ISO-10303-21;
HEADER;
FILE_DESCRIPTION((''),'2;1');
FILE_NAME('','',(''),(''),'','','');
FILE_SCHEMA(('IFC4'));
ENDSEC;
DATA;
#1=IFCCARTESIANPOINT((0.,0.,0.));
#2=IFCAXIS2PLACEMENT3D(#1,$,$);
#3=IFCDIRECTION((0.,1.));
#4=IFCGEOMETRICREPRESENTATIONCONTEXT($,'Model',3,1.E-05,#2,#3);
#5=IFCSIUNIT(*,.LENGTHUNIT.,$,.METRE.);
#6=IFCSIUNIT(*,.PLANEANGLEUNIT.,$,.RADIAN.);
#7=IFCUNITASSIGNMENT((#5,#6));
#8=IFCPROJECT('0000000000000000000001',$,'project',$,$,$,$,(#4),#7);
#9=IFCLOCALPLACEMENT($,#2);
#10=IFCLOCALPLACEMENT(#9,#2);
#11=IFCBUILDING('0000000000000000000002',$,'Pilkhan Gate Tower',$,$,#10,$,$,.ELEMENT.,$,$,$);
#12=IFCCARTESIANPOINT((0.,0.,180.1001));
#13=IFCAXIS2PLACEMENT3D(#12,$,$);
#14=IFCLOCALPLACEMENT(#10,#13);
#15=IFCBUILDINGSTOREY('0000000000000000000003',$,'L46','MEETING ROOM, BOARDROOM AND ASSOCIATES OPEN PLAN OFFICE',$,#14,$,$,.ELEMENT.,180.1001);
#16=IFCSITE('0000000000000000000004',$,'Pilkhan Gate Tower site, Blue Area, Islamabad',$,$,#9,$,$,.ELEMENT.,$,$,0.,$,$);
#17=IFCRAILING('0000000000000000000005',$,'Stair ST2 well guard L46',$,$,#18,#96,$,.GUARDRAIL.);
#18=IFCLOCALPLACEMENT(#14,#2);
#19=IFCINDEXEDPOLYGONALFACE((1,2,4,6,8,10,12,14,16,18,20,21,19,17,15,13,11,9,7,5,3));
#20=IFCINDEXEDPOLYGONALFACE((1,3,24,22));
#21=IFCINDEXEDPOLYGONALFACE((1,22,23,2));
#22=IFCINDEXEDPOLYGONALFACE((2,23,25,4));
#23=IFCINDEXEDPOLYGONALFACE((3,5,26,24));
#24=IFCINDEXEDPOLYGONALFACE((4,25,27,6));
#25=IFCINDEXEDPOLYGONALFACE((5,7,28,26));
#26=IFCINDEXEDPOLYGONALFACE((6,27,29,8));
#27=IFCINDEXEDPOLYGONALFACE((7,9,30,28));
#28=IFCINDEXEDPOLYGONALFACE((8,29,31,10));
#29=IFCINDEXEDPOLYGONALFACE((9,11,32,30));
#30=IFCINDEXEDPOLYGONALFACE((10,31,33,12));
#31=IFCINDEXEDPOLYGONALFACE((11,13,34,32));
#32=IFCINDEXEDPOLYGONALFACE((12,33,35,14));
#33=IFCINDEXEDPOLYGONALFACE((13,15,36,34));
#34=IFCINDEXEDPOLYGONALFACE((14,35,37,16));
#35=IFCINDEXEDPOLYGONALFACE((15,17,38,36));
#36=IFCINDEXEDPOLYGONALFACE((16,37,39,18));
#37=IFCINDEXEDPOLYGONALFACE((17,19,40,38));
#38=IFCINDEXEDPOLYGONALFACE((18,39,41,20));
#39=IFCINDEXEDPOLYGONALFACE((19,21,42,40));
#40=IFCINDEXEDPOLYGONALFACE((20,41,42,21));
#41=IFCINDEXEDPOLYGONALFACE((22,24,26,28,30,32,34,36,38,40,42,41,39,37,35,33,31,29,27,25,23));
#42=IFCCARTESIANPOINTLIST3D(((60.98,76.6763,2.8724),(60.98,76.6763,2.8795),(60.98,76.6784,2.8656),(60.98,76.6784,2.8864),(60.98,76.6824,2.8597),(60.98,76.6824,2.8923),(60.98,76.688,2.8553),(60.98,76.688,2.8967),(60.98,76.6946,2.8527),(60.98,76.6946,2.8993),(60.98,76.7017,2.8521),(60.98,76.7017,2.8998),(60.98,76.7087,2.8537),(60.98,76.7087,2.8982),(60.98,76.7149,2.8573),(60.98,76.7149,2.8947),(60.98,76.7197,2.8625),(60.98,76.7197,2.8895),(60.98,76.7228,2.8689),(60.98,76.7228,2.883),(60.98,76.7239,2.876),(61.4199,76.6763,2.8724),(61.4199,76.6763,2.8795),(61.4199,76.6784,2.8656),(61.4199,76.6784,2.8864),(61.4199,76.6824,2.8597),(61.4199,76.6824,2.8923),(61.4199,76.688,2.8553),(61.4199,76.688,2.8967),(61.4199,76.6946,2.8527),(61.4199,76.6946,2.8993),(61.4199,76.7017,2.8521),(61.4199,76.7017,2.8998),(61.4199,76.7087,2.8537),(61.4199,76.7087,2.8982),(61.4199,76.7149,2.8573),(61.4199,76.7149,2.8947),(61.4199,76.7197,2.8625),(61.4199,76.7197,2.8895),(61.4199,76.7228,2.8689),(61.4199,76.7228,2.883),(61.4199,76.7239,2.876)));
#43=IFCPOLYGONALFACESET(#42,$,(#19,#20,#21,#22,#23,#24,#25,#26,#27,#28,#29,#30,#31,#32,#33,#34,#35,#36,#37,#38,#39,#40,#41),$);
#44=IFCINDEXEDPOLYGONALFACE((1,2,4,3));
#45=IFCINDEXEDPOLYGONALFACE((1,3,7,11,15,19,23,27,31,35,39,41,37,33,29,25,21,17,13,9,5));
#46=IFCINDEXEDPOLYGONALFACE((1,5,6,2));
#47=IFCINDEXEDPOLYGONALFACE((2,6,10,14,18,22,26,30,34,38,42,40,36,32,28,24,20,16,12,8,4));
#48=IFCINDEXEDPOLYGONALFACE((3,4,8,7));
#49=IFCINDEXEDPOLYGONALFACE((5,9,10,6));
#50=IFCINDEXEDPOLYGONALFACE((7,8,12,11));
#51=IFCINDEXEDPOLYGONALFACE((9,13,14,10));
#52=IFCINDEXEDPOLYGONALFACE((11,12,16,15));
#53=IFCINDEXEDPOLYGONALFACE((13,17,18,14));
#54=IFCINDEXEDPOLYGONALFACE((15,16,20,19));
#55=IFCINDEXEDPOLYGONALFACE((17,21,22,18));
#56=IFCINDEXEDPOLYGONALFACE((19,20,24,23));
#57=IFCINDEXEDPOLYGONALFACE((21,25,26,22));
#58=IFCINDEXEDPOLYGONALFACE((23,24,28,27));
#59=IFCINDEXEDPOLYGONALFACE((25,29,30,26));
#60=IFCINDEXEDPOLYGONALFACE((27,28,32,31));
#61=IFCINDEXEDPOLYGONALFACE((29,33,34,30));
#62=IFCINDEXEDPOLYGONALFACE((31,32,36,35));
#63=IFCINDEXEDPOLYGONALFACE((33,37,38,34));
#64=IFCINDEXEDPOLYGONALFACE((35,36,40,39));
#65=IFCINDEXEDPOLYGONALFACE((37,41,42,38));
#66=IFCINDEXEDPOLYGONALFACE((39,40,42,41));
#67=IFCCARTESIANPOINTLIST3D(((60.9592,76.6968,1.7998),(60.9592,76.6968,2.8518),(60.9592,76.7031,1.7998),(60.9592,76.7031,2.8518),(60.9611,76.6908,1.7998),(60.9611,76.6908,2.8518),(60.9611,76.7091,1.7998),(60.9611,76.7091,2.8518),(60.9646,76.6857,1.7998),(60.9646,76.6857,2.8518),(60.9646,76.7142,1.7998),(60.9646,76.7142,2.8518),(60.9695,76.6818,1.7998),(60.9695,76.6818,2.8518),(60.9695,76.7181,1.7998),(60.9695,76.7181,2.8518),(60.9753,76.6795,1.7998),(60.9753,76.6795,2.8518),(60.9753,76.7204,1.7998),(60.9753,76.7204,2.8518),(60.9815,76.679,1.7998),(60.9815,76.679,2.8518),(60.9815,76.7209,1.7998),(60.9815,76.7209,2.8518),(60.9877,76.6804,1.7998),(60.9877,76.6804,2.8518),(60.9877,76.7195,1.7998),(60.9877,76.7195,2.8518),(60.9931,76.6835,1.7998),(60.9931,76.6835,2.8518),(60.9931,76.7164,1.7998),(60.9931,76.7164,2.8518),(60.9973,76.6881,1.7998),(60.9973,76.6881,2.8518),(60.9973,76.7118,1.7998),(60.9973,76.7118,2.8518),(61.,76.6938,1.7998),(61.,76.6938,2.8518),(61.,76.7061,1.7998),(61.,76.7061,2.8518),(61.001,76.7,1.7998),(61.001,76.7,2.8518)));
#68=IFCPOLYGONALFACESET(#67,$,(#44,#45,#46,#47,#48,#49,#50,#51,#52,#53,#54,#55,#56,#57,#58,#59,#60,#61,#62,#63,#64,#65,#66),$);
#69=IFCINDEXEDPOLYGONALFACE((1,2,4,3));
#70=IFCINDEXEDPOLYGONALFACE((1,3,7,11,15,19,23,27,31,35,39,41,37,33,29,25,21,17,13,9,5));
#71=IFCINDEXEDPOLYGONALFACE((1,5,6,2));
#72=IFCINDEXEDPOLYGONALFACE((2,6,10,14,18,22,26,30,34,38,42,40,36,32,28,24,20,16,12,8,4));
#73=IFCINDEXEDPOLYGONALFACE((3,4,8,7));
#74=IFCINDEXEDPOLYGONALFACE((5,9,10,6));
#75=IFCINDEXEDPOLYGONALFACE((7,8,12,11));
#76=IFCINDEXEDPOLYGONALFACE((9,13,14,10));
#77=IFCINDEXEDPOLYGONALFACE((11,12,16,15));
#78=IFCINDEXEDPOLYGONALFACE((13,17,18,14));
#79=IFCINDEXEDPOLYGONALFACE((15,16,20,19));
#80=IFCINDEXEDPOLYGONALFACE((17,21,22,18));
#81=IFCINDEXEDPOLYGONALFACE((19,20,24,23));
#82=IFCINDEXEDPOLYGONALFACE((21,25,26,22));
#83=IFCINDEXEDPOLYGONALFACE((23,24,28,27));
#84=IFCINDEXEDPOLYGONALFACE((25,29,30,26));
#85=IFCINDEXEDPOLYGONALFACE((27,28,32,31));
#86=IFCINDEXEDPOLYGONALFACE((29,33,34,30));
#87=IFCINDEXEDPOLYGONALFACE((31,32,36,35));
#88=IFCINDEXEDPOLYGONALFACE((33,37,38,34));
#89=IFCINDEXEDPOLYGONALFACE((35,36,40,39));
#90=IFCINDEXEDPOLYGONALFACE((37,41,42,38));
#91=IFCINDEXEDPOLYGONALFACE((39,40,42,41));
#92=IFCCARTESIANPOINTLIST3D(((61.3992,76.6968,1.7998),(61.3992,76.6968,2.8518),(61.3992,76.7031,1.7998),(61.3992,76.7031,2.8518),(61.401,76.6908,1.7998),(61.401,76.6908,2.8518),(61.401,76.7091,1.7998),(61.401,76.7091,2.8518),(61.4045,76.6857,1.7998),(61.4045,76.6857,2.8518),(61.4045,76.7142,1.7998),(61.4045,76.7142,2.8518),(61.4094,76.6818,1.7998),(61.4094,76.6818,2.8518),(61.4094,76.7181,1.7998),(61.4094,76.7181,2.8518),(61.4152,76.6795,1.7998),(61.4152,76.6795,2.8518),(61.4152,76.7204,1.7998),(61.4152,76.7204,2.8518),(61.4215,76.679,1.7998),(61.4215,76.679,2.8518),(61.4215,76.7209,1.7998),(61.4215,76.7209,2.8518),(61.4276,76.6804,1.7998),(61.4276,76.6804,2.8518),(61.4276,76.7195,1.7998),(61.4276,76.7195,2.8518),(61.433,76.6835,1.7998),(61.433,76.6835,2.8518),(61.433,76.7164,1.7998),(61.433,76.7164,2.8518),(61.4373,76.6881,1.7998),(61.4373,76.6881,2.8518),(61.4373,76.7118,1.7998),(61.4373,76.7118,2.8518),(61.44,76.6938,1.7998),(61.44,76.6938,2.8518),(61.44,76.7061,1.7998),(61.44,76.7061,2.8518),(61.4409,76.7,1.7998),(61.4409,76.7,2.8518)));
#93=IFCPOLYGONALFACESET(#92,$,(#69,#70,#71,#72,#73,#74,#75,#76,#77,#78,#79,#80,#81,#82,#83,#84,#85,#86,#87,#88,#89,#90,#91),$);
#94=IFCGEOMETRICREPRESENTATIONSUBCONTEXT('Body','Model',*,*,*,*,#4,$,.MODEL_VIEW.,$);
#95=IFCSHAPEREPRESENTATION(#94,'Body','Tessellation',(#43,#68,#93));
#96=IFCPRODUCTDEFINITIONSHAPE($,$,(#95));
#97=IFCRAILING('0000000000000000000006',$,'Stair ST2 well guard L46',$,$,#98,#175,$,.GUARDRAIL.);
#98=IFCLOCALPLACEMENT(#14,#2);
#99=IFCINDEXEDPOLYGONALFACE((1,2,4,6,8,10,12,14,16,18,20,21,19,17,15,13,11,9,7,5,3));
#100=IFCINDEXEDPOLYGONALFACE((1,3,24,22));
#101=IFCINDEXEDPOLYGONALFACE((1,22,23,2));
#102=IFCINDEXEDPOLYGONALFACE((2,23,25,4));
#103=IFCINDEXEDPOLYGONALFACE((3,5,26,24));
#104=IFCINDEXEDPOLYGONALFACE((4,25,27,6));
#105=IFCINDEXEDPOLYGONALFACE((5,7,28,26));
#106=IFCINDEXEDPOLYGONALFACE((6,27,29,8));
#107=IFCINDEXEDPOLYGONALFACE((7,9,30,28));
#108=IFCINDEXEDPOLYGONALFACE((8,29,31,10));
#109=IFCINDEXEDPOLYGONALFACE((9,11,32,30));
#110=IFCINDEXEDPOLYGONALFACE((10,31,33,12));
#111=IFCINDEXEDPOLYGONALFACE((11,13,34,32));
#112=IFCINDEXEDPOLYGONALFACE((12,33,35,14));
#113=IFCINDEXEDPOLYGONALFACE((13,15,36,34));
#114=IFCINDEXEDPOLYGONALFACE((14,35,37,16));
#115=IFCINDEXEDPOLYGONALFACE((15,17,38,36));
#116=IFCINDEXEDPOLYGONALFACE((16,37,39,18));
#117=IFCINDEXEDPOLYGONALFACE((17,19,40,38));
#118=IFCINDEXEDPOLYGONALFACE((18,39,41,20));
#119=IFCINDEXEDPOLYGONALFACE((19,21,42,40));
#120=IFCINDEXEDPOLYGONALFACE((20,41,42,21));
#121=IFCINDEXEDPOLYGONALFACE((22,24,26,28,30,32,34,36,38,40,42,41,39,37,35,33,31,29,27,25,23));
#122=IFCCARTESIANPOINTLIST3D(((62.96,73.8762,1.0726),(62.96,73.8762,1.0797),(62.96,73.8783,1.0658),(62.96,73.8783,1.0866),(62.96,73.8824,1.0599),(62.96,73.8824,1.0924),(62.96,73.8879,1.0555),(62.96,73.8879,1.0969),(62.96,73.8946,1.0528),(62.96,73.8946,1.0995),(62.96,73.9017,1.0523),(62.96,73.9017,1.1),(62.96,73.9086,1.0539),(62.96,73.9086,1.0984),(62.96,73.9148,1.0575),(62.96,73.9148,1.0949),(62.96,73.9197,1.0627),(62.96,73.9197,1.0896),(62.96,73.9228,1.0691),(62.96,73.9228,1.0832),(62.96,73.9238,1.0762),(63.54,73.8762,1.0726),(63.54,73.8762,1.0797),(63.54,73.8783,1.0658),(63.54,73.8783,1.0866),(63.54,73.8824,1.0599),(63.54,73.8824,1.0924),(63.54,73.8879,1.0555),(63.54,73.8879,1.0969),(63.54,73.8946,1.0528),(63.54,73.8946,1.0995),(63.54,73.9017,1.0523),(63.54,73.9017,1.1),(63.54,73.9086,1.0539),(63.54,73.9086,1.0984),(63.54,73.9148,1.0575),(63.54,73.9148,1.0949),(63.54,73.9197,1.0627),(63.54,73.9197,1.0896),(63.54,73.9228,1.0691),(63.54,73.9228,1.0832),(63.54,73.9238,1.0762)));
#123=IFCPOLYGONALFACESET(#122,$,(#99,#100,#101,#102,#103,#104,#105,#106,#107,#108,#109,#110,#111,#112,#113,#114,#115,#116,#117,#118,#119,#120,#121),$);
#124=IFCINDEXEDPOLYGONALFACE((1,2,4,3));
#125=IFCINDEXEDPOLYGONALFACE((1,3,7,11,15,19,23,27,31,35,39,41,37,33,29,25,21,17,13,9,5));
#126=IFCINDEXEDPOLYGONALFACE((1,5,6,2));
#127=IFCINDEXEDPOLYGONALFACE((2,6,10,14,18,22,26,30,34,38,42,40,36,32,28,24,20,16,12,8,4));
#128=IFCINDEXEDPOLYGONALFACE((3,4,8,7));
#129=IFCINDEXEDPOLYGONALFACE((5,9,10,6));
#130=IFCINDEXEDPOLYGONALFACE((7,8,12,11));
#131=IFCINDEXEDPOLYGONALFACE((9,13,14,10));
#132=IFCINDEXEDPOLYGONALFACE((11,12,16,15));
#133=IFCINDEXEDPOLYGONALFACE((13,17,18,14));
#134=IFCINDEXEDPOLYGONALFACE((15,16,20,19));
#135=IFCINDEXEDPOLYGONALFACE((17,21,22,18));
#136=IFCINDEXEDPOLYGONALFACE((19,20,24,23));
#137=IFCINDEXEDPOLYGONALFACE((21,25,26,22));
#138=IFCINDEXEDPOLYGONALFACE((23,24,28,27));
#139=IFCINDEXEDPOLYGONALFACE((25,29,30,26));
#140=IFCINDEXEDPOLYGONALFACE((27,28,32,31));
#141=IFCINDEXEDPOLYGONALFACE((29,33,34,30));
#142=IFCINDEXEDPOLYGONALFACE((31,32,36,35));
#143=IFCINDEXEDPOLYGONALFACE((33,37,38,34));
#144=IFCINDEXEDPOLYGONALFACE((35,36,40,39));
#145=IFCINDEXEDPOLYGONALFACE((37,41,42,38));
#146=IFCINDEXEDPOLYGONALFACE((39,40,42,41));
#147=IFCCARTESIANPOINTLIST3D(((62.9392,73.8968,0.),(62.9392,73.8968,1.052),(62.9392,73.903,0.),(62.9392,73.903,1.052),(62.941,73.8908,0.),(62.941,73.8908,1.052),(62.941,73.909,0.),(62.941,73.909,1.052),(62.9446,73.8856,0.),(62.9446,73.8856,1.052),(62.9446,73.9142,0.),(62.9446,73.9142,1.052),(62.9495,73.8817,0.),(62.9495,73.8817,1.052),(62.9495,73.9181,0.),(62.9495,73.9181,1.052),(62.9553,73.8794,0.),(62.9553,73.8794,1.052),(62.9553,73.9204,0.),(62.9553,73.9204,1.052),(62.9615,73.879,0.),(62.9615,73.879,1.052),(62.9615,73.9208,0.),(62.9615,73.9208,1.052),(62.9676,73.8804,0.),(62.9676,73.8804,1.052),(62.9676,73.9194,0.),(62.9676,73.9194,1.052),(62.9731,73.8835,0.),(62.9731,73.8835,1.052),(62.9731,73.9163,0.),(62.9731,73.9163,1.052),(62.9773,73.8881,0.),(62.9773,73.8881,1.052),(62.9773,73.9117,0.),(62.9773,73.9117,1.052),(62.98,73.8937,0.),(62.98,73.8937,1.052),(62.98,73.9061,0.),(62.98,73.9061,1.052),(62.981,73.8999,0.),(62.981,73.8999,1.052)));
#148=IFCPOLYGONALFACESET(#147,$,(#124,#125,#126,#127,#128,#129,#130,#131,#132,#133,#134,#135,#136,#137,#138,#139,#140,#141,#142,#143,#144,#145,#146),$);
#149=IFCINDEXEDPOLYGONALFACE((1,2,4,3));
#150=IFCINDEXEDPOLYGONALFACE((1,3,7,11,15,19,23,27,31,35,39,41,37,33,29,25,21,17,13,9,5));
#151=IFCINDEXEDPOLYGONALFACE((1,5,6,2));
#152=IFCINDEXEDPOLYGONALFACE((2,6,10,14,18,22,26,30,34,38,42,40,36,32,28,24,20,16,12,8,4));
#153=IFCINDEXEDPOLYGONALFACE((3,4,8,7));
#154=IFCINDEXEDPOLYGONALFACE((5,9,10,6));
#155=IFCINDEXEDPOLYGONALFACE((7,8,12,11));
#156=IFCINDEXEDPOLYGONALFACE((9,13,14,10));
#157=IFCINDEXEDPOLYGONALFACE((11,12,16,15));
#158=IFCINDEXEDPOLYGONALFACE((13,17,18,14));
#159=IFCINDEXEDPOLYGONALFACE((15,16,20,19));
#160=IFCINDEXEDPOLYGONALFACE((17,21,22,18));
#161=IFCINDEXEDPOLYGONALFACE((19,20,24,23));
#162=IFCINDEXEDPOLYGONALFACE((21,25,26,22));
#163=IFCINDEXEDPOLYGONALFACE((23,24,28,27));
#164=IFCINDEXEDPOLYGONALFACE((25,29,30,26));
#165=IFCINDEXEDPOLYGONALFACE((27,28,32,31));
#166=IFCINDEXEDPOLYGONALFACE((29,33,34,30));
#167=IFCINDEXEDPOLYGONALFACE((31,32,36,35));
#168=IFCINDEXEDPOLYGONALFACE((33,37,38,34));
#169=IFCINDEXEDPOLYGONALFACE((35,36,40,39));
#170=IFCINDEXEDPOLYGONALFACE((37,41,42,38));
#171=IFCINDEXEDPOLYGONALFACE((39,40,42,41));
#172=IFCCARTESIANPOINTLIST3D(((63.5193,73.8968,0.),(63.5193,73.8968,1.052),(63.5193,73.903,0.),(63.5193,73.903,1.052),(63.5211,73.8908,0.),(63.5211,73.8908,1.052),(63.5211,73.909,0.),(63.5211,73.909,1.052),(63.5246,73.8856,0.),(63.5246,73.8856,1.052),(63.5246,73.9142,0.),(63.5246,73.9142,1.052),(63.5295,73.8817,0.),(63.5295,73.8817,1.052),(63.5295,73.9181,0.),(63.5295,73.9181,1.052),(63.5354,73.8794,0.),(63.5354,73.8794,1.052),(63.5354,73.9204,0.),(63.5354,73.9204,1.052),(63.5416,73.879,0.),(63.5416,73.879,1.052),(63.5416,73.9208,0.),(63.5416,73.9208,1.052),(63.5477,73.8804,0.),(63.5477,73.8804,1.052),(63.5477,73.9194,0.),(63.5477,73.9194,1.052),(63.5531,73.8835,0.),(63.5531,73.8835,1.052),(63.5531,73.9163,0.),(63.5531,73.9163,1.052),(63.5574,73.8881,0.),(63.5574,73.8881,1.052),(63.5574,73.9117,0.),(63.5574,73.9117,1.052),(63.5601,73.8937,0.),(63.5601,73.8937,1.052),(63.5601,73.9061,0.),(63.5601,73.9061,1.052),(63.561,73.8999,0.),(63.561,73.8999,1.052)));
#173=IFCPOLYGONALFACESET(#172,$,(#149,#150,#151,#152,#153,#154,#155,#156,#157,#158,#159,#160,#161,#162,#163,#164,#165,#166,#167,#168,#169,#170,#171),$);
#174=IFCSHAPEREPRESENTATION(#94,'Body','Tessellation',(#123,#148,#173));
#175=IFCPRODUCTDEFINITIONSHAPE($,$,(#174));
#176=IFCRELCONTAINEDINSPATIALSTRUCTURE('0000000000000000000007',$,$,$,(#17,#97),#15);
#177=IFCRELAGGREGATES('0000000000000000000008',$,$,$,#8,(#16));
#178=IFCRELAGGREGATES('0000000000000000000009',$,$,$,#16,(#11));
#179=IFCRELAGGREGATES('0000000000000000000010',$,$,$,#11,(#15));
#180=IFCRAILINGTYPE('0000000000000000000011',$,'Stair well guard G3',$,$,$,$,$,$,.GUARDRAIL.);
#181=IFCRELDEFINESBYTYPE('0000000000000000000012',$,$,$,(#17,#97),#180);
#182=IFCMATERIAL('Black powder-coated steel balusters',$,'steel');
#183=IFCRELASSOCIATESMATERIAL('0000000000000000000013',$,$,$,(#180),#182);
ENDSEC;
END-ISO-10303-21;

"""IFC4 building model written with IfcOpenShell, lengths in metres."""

from ifc_helpers import new_model, si_unit, direction, frame, origin, origin_2d, place, context, subcontext, project, spatial, circle, extrude, material, type_object, element, save


model = new_model("IFC4")

# Units and contexts
model_context = context("Model", 3, precision=1e-05, world=origin(), true_north=direction((0.0, 1.0)))
body_context = subcontext(model_context, "Body", "Model", "MODEL_VIEW")
ifc_project = project(units=[si_unit("LENGTHUNIT", "METRE"), si_unit("PLANEANGLEUNIT", "RADIAN")], contexts=[model_context])

# Site, building, storey
site_placement = place(None, origin())
site = spatial("IfcSite", under=ifc_project, at=site_placement, Name="Pilkhan Gate Tower site, Blue Area, Islamabad", CompositionType="ELEMENT", RefElevation=0.0)
building_placement = place(site_placement, origin())
building = spatial("IfcBuilding", under=site, at=building_placement, Name="Pilkhan Gate Tower", CompositionType="ELEMENT")
storey_placement = place(building_placement, frame((0.0, 0.0, 180.1001)))
storey = spatial("IfcBuildingStorey", under=building, at=storey_placement, Name="L46", Description="MEETING ROOM, BOARDROOM AND ASSOCIATES OPEN PLAN OFFICE", CompositionType="ELEMENT", Elevation=180.1001)

# Railings
ifc_material_1 = material(Name="Black powder-coated steel balusters", Category="steel")
railing_type_1 = type_object("IfcRailingType", Name="Stair well guard G3", PredefinedType="GUARDRAIL", material=ifc_material_1)
railing_1_placement = place(storey_placement, frame((60.98, 76.7, 1.7998)))
element("IfcRailing", 1, at=railing_1_placement, inside=storey, type_object=railing_type_1, Name="Stair ST2 well guard L46", PredefinedType="GUARDRAIL", context=body_context, shape_type="SweptSolid", body=[
    extrude(circle(Radius=0.0239, at=origin_2d()), frame((0.0, 0.0, 1.0762), z_axis=(1.0, 0.0, 0.0), x_axis=(0.0, 1.0, 0.0)), (0.0, 0.0, 1.0), 0.4399),
    extrude(circle(Radius=0.021, at=origin_2d()), origin(), (0.0, 0.0, 1.0), 1.052),
    extrude(circle(Radius=0.021, at=origin_2d()), frame((0.4399, 0.0, 0.0)), (0.0, 0.0, 1.0), 1.052),
])
for number, where, name in (
    (2, (62.96, 73.8999, 0.0), "Stair ST2 well guard L46"),
):
    element("IfcRailing", number, at=place(storey_placement, frame(where)), inside=storey, type_object=railing_type_1, Name=name, PredefinedType="GUARDRAIL", context=body_context, shape_type="SweptSolid", body=[
        extrude(circle(Radius=0.0239, at=origin_2d()), frame((0.0, 0.0, 1.0762), z_axis=(1.0, 0.0, 0.0), x_axis=(0.0, 1.0, 0.0)), (0.0, 0.0, 1.0), 0.5801),
        extrude(circle(Radius=0.021, at=origin_2d()), origin(), (0.0, 0.0, 1.0), 1.052),
        extrude(circle(Radius=0.021, at=origin_2d()), frame((0.5801, 0.0, 0.0)), (0.0, 0.0, 1.0), 1.052),
    ])

save(model, "model.ifc")
